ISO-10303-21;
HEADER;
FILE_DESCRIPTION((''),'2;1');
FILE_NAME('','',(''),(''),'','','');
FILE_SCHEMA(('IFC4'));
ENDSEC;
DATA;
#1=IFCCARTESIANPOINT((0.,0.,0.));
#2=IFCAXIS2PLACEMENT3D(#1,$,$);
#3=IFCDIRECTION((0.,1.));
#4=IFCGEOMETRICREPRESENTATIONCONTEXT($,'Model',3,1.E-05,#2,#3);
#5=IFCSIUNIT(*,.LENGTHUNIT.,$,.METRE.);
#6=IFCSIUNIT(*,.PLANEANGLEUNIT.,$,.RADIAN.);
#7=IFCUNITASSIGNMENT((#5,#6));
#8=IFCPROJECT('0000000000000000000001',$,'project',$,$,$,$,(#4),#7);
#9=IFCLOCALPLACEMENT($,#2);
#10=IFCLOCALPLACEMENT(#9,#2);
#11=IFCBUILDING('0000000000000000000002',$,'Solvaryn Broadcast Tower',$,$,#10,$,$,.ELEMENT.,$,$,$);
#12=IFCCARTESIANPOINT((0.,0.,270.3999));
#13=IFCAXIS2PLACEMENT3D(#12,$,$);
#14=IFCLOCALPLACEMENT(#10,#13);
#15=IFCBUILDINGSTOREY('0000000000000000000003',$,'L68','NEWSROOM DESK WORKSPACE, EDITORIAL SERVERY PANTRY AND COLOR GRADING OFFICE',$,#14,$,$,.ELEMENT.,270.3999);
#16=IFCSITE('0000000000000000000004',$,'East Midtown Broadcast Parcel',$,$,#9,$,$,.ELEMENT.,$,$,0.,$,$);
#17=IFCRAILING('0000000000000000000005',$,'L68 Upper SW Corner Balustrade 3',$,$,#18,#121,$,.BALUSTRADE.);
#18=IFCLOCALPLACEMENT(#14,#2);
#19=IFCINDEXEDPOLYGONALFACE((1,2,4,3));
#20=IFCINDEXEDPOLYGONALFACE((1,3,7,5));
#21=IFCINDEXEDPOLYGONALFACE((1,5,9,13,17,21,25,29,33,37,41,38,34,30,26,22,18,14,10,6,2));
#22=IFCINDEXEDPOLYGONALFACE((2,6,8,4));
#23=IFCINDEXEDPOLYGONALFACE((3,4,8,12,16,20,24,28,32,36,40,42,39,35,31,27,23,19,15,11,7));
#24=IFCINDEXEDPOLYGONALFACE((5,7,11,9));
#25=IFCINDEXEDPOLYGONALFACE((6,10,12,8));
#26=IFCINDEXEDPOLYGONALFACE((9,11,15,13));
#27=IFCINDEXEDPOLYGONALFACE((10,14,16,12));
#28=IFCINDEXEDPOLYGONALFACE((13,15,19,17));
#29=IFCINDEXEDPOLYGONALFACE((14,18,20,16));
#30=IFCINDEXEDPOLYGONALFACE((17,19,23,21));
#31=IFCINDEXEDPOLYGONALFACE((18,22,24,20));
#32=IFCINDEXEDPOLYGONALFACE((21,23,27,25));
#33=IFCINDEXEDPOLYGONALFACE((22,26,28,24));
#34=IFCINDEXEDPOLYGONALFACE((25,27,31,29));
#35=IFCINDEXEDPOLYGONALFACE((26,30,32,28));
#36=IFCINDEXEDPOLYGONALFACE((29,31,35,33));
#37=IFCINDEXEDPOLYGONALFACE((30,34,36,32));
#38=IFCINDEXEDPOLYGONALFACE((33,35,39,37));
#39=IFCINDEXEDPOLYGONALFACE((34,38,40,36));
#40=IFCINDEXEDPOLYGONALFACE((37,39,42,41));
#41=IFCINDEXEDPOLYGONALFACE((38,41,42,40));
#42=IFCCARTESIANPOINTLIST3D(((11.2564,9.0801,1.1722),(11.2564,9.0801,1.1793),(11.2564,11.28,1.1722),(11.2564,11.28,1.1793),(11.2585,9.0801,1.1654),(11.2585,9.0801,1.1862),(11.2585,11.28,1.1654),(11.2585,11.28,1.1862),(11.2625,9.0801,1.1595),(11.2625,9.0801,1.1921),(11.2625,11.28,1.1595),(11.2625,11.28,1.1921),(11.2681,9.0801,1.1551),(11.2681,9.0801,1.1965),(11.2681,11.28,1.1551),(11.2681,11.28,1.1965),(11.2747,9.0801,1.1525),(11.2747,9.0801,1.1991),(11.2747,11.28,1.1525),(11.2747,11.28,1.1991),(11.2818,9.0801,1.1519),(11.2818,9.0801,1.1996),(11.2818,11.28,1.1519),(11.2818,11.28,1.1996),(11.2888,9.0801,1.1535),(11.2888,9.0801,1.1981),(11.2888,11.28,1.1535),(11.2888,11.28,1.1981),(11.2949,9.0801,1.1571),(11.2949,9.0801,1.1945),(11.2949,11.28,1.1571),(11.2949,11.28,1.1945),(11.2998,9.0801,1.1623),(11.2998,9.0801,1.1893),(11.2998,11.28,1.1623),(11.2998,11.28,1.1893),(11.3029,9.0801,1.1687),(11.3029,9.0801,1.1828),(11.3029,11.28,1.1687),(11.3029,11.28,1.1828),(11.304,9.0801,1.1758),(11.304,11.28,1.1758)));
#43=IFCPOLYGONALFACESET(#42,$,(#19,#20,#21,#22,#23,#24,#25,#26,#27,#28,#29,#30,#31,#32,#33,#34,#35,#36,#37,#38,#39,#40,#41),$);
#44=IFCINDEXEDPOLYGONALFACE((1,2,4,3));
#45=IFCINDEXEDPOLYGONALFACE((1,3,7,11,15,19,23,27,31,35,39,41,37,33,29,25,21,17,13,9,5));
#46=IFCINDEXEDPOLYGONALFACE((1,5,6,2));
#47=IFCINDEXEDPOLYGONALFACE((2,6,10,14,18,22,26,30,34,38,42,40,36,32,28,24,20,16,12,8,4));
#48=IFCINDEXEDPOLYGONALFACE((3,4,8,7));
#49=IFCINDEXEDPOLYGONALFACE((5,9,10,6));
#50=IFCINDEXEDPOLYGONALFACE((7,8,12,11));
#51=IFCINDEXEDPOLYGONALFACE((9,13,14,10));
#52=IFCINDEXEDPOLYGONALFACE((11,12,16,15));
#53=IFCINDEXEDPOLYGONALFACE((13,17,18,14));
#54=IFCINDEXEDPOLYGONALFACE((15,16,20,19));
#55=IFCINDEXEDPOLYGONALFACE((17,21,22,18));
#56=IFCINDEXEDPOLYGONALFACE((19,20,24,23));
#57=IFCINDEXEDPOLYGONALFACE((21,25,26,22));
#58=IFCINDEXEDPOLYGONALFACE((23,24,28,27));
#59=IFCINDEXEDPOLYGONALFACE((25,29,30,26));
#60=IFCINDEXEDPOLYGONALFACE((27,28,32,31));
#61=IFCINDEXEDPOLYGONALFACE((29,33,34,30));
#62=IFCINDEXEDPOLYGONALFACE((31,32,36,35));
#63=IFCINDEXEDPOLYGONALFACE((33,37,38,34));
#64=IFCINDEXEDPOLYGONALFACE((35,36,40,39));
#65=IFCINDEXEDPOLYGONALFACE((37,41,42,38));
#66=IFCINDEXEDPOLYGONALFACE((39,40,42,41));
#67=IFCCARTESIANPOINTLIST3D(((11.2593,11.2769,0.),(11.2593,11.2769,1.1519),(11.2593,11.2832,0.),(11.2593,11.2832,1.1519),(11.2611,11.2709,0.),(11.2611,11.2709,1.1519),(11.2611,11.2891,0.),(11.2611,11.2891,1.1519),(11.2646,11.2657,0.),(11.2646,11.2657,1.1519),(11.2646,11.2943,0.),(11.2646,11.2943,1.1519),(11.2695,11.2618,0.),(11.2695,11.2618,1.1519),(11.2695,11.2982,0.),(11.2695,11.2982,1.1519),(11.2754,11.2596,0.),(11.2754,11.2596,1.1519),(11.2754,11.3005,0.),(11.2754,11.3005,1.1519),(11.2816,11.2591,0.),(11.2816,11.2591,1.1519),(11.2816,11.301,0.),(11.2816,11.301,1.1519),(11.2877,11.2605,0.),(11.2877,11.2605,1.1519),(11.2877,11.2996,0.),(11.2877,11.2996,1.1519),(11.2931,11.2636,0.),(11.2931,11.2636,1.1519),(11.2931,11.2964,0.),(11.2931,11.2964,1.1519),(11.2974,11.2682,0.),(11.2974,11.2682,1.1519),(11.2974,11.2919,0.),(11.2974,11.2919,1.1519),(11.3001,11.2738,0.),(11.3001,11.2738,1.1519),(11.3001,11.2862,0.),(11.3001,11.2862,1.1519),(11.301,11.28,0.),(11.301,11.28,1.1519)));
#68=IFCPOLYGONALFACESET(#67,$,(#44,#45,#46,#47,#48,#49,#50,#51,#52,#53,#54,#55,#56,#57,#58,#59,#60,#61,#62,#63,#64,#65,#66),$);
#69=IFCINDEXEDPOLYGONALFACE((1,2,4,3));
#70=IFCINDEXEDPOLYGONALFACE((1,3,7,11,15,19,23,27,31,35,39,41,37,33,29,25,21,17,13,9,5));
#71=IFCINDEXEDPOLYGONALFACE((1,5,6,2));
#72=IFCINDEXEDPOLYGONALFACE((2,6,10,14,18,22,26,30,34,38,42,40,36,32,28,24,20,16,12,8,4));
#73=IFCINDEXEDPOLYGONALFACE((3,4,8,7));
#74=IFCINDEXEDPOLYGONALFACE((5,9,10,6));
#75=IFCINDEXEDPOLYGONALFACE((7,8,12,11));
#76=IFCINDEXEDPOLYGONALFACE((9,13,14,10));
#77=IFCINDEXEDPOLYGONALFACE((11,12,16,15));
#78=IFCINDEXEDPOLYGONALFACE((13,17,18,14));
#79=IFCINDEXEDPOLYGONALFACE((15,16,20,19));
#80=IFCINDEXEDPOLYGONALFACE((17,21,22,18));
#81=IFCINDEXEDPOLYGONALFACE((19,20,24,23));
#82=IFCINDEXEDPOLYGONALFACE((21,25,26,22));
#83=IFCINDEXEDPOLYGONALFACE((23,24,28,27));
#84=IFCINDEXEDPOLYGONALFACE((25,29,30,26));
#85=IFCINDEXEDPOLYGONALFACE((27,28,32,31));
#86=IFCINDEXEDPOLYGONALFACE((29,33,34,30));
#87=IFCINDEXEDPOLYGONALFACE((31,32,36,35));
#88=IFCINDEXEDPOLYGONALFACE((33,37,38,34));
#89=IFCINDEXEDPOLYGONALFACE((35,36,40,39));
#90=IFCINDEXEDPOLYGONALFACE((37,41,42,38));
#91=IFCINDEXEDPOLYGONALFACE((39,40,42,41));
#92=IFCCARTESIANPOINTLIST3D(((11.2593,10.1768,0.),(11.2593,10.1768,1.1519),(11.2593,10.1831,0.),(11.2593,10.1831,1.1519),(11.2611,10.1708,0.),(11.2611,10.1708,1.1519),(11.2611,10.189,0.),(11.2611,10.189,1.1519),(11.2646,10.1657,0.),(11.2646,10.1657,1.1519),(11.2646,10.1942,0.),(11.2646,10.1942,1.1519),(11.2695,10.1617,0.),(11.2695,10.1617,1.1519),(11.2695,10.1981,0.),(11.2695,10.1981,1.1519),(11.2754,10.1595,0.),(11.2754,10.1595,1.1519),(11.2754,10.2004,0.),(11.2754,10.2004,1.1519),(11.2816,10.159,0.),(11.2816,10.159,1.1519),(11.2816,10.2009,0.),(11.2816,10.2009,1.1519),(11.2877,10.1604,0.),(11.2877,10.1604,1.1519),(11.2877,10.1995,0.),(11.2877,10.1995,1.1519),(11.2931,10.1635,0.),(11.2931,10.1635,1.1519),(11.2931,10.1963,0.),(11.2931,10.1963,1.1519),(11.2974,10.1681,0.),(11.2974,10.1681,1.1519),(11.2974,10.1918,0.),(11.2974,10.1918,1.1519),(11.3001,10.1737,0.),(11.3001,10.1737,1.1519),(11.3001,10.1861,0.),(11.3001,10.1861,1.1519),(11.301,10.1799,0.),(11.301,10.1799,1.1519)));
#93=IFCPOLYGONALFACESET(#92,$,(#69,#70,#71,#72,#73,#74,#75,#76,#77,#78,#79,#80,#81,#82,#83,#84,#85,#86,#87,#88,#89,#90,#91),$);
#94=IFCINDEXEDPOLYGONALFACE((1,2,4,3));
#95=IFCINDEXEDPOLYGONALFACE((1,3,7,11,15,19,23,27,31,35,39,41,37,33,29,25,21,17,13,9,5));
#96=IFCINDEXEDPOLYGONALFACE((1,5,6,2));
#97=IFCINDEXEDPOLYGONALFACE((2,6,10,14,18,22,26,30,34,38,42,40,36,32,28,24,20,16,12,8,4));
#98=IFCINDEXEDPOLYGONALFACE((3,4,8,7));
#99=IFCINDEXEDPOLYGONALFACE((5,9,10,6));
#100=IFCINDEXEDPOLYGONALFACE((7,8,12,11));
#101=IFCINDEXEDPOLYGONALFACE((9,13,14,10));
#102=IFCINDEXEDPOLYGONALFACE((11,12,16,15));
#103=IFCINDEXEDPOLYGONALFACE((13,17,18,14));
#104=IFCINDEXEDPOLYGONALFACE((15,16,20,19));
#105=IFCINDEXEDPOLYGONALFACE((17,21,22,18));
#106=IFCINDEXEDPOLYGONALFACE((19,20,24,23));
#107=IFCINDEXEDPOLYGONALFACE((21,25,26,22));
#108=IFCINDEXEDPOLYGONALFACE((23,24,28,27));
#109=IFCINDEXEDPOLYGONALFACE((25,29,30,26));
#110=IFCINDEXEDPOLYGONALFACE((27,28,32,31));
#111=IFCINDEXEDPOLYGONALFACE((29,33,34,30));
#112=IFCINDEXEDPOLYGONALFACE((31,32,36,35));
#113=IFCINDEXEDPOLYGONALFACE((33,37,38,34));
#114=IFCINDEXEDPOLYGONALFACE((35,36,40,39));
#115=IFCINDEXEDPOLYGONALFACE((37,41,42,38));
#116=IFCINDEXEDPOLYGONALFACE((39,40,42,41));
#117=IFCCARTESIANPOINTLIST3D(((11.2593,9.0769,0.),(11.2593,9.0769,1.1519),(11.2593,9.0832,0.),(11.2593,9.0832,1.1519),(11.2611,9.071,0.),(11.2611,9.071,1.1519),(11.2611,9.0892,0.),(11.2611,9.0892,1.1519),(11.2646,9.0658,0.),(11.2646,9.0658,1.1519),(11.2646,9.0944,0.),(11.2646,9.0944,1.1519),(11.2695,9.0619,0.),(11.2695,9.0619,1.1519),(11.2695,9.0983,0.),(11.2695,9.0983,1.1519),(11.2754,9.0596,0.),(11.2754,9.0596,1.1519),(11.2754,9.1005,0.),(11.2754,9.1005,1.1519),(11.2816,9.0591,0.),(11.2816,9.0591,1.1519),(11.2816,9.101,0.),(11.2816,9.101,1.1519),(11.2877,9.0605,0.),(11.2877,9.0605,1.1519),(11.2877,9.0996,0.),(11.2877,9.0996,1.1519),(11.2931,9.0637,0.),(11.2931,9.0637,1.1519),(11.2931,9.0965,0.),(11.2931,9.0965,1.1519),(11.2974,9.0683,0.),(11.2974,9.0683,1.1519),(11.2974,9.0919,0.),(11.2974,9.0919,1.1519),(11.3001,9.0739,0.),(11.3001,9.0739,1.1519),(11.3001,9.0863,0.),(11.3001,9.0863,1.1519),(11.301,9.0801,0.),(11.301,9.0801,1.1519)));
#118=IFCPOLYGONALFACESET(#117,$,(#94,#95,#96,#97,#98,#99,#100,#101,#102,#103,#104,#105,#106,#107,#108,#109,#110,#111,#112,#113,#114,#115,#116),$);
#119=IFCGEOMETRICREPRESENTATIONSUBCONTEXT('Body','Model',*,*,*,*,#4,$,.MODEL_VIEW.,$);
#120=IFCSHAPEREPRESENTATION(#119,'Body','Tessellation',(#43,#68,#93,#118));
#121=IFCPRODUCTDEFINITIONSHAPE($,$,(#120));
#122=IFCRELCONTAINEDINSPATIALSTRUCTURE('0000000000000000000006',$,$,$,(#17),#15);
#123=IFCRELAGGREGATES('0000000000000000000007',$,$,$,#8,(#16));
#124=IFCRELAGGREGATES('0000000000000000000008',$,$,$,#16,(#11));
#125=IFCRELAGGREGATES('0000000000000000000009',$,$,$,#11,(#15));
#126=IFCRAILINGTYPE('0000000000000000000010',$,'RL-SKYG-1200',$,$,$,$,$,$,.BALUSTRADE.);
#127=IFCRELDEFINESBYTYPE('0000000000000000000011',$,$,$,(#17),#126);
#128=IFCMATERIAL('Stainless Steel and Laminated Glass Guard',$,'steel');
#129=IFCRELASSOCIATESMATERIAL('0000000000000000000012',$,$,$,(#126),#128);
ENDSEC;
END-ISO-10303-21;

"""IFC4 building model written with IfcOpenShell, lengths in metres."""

from ifc_helpers import new_model, si_unit, direction, frame, origin, origin_2d, place, context, subcontext, project, spatial, circle, extrude, material, type_object, element, save


model = new_model("IFC4")

# Units and contexts
model_context = context("Model", 3, precision=1e-05, world=origin(), true_north=direction((0.0, 1.0)))
body_context = subcontext(model_context, "Body", "Model", "MODEL_VIEW")
ifc_project = project(units=[si_unit("LENGTHUNIT", "METRE"), si_unit("PLANEANGLEUNIT", "RADIAN")], contexts=[model_context])

# Site, building, storey
site_placement = place(None, origin())
site = spatial("IfcSite", under=ifc_project, at=site_placement, Name="East Midtown Broadcast Parcel", CompositionType="ELEMENT", RefElevation=0.0)
building_placement = place(site_placement, origin())
building = spatial("IfcBuilding", under=site, at=building_placement, Name="Solvaryn Broadcast Tower", CompositionType="ELEMENT")
storey_placement = place(building_placement, frame((0.0, 0.0, 270.3999)))
storey = spatial("IfcBuildingStorey", under=building, at=storey_placement, Name="L68", Description="NEWSROOM DESK WORKSPACE, EDITORIAL SERVERY PANTRY AND COLOR GRADING OFFICE", CompositionType="ELEMENT", Elevation=270.3999)

# Railing
ifc_material_1 = material(Name="Stainless Steel and Laminated Glass Guard", Category="steel")
railing_type = type_object("IfcRailingType", Name="RL-SKYG-1200", PredefinedType="BALUSTRADE", material=ifc_material_1)
railing_1_placement = place(storey_placement, frame((11.28, 11.28, 0.0)))
element("IfcRailing", 1, at=railing_1_placement, inside=storey, type_object=railing_type, Name="L68 Upper SW Corner Balustrade 3", PredefinedType="BALUSTRADE", context=body_context, shape_type="SweptSolid", body=[
    extrude(circle(Radius=0.0239, at=origin_2d()), frame((0.0, 0.0, 1.1758), z_axis=(0.0, -1.0, 0.0), x_axis=(1.0, 0.0, 0.0)), (0.0, 0.0, 1.0), 2.2),
    extrude(circle(Radius=0.021, at=origin_2d()), origin(), (0.0, 0.0, 1.0), 1.1519),
    extrude(circle(Radius=0.021, at=origin_2d()), frame((0.0, -1.1001, 0.0)), (0.0, 0.0, 1.0), 1.1519),
    extrude(circle(Radius=0.021, at=origin_2d()), frame((0.0, -2.2, 0.0)), (0.0, 0.0, 1.0), 1.1519),
])

save(model, "model.ifc")
